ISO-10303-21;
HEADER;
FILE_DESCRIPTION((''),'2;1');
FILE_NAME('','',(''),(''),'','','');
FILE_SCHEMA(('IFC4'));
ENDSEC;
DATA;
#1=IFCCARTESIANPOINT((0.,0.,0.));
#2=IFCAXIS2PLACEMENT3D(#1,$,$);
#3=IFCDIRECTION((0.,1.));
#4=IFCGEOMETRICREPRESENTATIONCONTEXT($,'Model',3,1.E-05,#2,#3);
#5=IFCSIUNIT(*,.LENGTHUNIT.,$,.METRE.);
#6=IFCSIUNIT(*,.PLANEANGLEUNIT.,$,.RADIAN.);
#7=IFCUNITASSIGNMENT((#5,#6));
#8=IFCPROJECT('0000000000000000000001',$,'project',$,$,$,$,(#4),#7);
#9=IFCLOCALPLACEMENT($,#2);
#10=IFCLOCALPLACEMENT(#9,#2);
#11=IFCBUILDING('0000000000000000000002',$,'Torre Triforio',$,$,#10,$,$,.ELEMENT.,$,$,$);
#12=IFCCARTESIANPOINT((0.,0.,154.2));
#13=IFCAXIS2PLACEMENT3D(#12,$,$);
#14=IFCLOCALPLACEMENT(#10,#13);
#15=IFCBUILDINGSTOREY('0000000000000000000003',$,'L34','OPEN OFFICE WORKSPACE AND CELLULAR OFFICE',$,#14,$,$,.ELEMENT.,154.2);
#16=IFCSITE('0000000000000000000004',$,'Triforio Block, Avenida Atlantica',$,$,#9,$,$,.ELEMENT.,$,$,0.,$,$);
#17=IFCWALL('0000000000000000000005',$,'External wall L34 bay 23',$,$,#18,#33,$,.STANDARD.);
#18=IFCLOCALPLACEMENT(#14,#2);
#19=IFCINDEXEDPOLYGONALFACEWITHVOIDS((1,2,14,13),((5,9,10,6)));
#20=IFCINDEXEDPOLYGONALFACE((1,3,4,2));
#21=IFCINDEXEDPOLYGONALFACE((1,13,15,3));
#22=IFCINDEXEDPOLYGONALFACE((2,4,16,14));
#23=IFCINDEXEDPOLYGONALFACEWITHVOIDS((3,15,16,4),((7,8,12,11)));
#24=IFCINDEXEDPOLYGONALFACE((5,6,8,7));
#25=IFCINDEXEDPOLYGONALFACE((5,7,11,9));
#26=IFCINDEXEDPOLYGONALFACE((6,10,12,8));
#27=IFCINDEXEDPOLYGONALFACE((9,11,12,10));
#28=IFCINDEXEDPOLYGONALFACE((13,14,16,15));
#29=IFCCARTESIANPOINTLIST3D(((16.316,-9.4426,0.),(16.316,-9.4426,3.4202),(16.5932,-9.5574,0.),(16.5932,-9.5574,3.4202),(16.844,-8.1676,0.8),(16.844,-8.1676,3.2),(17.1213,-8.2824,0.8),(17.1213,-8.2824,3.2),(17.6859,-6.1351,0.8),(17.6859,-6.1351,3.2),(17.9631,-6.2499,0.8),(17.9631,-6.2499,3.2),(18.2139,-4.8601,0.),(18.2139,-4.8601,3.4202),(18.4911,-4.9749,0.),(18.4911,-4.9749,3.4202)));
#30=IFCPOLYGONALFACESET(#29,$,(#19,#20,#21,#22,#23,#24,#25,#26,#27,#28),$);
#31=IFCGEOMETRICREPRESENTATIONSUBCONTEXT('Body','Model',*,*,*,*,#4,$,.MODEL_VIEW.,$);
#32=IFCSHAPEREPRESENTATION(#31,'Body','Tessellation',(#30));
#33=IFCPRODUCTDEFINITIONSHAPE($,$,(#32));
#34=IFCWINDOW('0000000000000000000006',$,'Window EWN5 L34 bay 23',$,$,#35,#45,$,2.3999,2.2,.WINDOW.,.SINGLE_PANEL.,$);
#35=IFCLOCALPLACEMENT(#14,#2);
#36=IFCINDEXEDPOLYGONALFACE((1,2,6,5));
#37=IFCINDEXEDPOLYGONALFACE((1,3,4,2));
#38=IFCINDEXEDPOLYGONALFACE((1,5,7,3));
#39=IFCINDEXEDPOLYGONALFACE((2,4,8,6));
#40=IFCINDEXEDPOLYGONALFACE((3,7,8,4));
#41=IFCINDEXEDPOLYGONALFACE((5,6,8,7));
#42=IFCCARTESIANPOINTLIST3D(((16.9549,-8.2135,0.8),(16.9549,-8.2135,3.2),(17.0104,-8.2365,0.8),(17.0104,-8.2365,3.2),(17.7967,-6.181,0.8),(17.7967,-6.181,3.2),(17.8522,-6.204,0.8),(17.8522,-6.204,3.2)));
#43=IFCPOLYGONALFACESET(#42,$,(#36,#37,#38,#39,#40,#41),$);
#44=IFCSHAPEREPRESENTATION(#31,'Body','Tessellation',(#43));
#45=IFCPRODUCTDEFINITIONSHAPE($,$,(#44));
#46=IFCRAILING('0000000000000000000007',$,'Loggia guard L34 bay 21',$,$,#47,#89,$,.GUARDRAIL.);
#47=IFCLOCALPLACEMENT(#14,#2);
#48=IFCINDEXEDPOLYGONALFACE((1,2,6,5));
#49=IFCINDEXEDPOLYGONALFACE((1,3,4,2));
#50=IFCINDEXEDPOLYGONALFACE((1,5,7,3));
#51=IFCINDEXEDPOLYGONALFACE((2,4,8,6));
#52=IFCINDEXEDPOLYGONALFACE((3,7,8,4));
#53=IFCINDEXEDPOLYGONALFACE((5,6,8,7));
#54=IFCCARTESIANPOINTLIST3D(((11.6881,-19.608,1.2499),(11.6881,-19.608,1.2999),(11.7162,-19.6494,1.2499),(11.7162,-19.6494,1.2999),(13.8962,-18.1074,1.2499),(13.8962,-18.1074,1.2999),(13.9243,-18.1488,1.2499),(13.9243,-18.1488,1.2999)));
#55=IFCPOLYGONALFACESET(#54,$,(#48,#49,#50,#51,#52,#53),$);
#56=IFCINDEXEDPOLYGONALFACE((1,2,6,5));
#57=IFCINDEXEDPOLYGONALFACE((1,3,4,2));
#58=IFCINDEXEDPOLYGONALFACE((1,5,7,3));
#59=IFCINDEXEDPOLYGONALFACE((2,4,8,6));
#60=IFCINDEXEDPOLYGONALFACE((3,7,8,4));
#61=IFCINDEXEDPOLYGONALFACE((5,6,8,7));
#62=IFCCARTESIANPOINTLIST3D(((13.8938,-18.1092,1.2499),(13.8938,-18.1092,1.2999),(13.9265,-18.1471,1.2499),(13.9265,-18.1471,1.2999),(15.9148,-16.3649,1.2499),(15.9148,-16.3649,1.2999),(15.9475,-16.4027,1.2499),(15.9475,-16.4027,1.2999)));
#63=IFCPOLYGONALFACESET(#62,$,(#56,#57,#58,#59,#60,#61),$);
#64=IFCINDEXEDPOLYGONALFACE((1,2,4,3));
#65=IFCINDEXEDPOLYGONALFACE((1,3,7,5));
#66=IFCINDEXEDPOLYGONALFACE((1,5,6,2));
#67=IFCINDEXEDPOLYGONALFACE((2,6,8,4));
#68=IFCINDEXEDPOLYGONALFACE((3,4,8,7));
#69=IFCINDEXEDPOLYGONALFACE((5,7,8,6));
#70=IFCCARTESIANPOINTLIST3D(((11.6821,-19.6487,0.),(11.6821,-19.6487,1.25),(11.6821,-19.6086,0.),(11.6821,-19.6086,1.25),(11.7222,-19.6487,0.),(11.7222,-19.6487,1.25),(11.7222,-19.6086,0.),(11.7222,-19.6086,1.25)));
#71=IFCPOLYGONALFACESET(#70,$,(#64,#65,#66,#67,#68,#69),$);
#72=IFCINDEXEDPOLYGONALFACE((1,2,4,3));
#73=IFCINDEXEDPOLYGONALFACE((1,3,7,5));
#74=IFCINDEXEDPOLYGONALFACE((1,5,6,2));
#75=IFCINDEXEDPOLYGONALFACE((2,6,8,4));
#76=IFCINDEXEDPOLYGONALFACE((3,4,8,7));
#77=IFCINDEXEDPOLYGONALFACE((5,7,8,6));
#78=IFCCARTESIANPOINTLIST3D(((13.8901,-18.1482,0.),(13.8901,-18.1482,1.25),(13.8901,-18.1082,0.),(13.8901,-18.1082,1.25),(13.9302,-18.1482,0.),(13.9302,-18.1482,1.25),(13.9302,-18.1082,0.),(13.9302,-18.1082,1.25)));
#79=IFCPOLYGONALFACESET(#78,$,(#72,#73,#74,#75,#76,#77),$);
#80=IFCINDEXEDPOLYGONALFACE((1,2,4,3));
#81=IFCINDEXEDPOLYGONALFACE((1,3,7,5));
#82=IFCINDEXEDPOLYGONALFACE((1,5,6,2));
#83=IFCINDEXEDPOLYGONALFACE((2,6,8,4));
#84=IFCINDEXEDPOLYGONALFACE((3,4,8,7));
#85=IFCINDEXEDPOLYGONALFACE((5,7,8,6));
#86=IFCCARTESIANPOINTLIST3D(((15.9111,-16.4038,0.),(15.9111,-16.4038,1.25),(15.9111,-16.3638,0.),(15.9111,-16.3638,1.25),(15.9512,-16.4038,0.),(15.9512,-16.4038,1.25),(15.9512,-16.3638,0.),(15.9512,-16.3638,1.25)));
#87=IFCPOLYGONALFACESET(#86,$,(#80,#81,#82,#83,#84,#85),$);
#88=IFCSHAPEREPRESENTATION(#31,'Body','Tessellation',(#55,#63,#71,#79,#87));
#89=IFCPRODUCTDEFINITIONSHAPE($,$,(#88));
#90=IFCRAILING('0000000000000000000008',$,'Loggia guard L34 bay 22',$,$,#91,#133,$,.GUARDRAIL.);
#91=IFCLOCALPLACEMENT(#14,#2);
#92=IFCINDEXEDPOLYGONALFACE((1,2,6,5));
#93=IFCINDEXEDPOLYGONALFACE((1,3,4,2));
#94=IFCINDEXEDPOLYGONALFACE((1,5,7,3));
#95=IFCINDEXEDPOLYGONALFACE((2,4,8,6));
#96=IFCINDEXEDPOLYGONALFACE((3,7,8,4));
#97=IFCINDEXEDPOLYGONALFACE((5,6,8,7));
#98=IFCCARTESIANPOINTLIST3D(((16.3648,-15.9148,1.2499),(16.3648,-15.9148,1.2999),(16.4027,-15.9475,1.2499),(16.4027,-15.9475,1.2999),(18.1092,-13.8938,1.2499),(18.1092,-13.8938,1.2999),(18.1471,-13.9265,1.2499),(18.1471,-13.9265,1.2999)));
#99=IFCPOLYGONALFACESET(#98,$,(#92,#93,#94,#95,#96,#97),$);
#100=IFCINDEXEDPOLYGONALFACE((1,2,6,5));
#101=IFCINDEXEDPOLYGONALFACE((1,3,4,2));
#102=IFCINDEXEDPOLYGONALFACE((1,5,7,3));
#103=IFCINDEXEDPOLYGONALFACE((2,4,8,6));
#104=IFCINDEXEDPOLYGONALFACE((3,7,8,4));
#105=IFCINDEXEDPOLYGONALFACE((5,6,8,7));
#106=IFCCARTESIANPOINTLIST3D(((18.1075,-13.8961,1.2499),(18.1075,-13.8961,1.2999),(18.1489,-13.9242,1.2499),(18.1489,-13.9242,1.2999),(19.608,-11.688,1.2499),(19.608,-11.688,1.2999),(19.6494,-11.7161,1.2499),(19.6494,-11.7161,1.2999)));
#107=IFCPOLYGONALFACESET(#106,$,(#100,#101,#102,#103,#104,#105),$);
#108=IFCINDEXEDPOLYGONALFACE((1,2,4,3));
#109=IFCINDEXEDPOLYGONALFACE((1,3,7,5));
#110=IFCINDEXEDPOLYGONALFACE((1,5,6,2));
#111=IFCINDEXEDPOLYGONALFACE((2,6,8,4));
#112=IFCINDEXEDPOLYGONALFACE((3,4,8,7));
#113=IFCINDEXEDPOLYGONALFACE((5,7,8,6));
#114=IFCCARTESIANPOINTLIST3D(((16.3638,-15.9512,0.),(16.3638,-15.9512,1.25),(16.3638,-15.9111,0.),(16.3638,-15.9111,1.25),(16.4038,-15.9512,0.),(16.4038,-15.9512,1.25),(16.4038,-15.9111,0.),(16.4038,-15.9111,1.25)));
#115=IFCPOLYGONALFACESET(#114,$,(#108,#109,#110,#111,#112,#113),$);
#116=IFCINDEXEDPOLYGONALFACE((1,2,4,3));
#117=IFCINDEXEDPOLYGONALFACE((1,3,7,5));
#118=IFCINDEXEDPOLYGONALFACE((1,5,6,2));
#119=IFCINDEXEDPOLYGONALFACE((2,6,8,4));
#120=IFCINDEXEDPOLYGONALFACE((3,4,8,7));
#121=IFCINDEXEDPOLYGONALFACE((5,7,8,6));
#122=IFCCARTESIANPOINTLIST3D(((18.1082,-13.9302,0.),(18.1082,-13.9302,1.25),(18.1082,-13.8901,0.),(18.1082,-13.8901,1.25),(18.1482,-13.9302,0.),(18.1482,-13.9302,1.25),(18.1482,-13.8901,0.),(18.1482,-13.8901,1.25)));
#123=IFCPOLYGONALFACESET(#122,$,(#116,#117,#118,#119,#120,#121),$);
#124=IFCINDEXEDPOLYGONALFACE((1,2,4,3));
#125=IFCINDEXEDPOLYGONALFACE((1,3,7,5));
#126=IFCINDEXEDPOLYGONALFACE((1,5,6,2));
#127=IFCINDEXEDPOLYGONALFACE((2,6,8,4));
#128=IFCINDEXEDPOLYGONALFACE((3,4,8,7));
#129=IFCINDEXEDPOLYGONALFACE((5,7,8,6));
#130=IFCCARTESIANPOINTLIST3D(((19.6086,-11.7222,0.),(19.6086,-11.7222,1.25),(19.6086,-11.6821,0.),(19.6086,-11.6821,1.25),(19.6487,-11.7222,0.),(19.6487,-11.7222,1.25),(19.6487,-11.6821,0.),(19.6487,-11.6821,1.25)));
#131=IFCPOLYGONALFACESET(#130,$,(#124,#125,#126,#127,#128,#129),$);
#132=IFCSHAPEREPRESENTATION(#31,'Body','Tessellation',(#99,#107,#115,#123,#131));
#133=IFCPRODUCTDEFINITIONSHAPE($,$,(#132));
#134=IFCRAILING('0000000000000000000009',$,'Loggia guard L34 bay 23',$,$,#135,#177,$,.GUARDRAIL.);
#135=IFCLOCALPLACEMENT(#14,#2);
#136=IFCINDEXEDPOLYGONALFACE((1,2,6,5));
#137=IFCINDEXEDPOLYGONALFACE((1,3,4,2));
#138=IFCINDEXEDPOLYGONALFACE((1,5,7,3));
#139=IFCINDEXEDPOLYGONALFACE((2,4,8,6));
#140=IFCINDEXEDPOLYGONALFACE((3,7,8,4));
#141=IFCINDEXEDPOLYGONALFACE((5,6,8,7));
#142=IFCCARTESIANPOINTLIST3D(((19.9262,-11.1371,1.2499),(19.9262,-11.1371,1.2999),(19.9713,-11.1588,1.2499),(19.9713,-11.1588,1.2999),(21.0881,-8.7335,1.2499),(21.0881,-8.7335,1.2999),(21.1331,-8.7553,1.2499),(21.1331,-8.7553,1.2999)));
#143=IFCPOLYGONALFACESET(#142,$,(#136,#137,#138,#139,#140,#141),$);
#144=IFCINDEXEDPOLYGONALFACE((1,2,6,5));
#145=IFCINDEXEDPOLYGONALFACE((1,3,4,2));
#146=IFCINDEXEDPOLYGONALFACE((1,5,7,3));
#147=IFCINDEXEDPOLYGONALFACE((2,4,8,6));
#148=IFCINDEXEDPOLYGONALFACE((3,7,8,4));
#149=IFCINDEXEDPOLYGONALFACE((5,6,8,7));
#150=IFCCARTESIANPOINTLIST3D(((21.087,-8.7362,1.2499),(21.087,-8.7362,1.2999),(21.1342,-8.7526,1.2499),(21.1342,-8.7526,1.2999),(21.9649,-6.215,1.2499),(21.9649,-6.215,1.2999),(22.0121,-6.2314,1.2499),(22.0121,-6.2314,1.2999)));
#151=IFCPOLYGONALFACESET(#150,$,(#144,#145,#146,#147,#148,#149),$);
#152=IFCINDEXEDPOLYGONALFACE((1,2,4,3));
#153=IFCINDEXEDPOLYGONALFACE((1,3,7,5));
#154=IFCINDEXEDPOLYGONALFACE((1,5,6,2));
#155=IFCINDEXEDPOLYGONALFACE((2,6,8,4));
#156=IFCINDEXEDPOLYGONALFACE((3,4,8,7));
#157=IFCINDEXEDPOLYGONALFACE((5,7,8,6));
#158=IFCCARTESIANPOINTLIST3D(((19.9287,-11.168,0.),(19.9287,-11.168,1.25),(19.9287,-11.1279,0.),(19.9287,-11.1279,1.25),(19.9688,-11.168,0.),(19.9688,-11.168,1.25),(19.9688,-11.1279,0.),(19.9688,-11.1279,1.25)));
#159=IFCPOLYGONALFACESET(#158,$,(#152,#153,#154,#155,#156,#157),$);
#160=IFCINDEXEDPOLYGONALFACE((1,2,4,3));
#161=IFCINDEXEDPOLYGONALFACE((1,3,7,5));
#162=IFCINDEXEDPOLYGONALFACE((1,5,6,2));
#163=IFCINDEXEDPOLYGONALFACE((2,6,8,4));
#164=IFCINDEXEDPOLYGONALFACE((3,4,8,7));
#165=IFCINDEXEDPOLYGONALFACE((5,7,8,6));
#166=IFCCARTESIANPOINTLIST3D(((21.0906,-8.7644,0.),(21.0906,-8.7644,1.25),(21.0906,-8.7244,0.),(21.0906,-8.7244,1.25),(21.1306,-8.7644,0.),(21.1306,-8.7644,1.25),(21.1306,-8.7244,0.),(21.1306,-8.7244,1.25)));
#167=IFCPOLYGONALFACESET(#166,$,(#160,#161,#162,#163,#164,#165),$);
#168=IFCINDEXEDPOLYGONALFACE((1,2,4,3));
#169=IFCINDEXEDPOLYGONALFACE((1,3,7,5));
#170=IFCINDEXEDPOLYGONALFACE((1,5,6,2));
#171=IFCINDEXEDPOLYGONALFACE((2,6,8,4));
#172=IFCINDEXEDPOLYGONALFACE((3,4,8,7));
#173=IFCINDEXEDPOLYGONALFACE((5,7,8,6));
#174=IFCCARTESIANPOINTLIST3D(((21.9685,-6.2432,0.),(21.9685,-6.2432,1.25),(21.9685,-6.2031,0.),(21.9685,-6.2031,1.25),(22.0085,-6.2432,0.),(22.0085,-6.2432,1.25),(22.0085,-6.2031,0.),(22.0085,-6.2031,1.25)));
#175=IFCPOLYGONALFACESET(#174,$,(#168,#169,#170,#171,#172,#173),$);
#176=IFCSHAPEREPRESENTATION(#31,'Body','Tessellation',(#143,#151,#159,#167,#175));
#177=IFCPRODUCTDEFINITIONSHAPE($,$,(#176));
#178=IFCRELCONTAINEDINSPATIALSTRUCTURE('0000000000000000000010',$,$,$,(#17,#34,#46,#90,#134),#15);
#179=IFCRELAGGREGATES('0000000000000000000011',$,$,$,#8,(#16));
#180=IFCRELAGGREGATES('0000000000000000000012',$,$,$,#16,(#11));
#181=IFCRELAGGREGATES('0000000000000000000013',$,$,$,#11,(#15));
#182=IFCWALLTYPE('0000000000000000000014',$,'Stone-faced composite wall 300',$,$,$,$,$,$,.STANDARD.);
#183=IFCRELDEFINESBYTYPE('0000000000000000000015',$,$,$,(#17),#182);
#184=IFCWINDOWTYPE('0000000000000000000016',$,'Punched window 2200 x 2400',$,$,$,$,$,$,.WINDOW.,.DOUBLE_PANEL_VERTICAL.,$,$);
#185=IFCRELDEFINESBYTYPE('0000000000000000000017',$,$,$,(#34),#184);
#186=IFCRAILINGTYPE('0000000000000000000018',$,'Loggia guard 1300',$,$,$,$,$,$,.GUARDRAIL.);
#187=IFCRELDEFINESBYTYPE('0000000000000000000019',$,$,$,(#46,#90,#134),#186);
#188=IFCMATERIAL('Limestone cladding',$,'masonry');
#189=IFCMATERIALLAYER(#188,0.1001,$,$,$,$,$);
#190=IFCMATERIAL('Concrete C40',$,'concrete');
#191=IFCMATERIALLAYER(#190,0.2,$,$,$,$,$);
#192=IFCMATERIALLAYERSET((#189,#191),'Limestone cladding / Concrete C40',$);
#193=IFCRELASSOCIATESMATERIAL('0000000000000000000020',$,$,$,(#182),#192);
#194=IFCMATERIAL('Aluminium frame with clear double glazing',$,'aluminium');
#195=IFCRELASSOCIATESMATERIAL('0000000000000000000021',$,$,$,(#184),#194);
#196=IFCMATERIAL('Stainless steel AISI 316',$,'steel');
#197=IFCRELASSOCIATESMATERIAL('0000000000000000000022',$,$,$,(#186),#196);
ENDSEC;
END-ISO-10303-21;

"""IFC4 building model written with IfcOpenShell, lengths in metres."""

from ifc_helpers import new_model, si_unit, direction, frame, frame_2d, origin, origin_2d, place, context, subcontext, project, spatial, rectangle, extrude, material, layer, layer_set, type_object, element, fill, save


model = new_model("IFC4")

# Units and contexts
model_context = context("Model", 3, precision=1e-05, world=origin(), true_north=direction((0.0, 1.0)))
body_context = subcontext(model_context, "Body", "Model", "MODEL_VIEW")
ifc_project = project(units=[si_unit("LENGTHUNIT", "METRE"), si_unit("PLANEANGLEUNIT", "RADIAN")], contexts=[model_context])

# Site, building, storey
site_placement = place(None, origin())
site = spatial("IfcSite", under=ifc_project, at=site_placement, Name="Triforio Block, Avenida Atlantica", CompositionType="ELEMENT", RefElevation=0.0)
building_placement = place(site_placement, origin())
building = spatial("IfcBuilding", under=site, at=building_placement, Name="Torre Triforio", CompositionType="ELEMENT")
storey_placement = place(building_placement, frame((0.0, 0.0, 154.2)))
storey = spatial("IfcBuildingStorey", under=building, at=storey_placement, Name="L34", Description="OPEN OFFICE WORKSPACE AND CELLULAR OFFICE", CompositionType="ELEMENT", Elevation=154.2)

# Shared definitions
ifc_material_1 = material(Name="Concrete C40", Category="concrete")

# Shared definitions
ifc_material_2 = material(Name="Limestone cladding", Category="masonry")

# Shared definitions
ifc_layer_1 = layer(ifc_material_2, 0.1001)
ifc_layer_2 = layer(ifc_material_1, 0.2)
ifc_layer_set_1 = layer_set([ifc_layer_1, ifc_layer_2], Name="Limestone cladding / Concrete C40")
wall_type_1 = type_object("IfcWallType", Name="Stone-faced composite wall 300", PredefinedType="STANDARD", material=ifc_layer_set_1)
ifc_material_3 = material(Name="Aluminium frame with clear double glazing", Category="aluminium")
window_type_1 = type_object("IfcWindowType", Name="Punched window 2200 x 2400", PartitioningType="DOUBLE_PANEL_VERTICAL", PredefinedType="WINDOW", material=ifc_material_3)

# Wall, opening, window
wall_1_placement = place(storey_placement, frame((16.4546, -9.5, 0.0), z_axis=(0.0, 0.0, 1.0), x_axis=(0.38265, 0.923893, 0.0)))
wall_1 = element("IfcWall", 1, at=wall_1_placement, inside=storey, type_object=wall_type_1, Name="External wall L34 bay 23", PredefinedType="STANDARD", context=body_context, shape_type="SweptSolid", body=[
    extrude(rectangle(XDim=4.96, YDim=0.3, at=frame_2d((2.48, 0.0))), origin(), (0.0, 0.0, 1.0), 3.4202),
])
opening_1_placement = place(wall_1_placement, frame((1.3799, 0.0, 0.8)))
opening_1 = element("IfcOpeningElement", 2, at=opening_1_placement, cuts=wall_1, PredefinedType="OPENING", context=body_context, shape_type="SweptSolid", body=[
    extrude(rectangle(XDim=2.2, YDim=2.3999, at=frame_2d((1.1001, 1.2))), frame((0.0, 0.1599, 0.0), z_axis=(0.0, -1.0, 0.0), x_axis=(1.0, 0.0, 0.0)), (0.0, 0.0, 1.0), 0.3201),
])
window_1_placement = place(opening_1_placement, origin())
window_1 = element("IfcWindow", 3, at=window_1_placement, inside=storey, type_object=window_type_1, Name="Window EWN5 L34 bay 23", OverallHeight=2.3999, OverallWidth=2.2, PartitioningType="SINGLE_PANEL", PredefinedType="WINDOW", context=body_context, shape_type="SweptSolid", body=[
    extrude(rectangle(XDim=2.2, YDim=2.3999, at=frame_2d((1.1001, 1.2))), frame((0.0, 0.03, 0.0), z_axis=(0.0, -1.0, 0.0), x_axis=(1.0, 0.0, 0.0)), (0.0, 0.0, 1.0), 0.0601),
])
fill(opening_1, window_1)

# Railings
ifc_material_4 = material(Name="Stainless steel AISI 316", Category="steel")
railing_type = type_object("IfcRailingType", Name="Loggia guard 1300", PredefinedType="GUARDRAIL", material=ifc_material_4)
railing_1_placement = place(storey_placement, frame((11.7021, -19.6287, 0.0)))
element("IfcRailing", 4, at=railing_1_placement, inside=storey, type_object=railing_type, Name="Loggia guard L34 bay 21", PredefinedType="GUARDRAIL", context=body_context, shape_type="SweptSolid", body=[
    extrude(rectangle(XDim=0.05, YDim=0.05, at=origin_2d()), frame((0.0, 0.0, 1.2749), z_axis=(0.827093, 0.562065, 0.0), x_axis=(-0.562065, 0.827093, 0.0)), (0.0, 0.0, 1.0), 2.6697),
    extrude(rectangle(XDim=0.05, YDim=0.05, at=origin_2d()), frame((2.208, 1.5005, 1.2749), z_axis=(0.757012, 0.653401, 0.0), x_axis=(-0.653401, 0.757012, 0.0)), (0.0, 0.0, 1.0), 2.6697),
    extrude(rectangle(XDim=0.04, YDim=0.04, at=origin_2d()), origin(), (0.0, 0.0, 1.0), 1.25),
    extrude(rectangle(XDim=0.04, YDim=0.04, at=origin_2d()), frame((2.208, 1.5005, 0.0)), (0.0, 0.0, 1.0), 1.25),
    extrude(rectangle(XDim=0.04, YDim=0.04, at=origin_2d()), frame((4.229, 3.2449, 0.0)), (0.0, 0.0, 1.0), 1.25),
])
railing_2_placement = place(storey_placement, frame((16.3838, -15.9312, 0.0)))
element("IfcRailing", 5, at=railing_2_placement, inside=storey, type_object=railing_type, Name="Loggia guard L34 bay 22", PredefinedType="GUARDRAIL", context=body_context, shape_type="SweptSolid", body=[
    extrude(rectangle(XDim=0.05, YDim=0.05, at=origin_2d()), frame((0.0, 0.0, 1.2749), z_axis=(0.653401, 0.757012, 0.0), x_axis=(-0.757012, 0.653401, 0.0)), (0.0, 0.0, 1.0), 2.6697),
    extrude(rectangle(XDim=0.05, YDim=0.05, at=origin_2d()), frame((1.7444, 2.021, 1.2749), z_axis=(0.562065, 0.827093, 0.0), x_axis=(-0.827093, 0.562065, 0.0)), (0.0, 0.0, 1.0), 2.6697),
    extrude(rectangle(XDim=0.04, YDim=0.04, at=origin_2d()), origin(), (0.0, 0.0, 1.0), 1.25),
    extrude(rectangle(XDim=0.04, YDim=0.04, at=origin_2d()), frame((1.7444, 2.021, 0.0)), (0.0, 0.0, 1.0), 1.25),
    extrude(rectangle(XDim=0.04, YDim=0.04, at=origin_2d()), frame((3.2449, 4.229, 0.0)), (0.0, 0.0, 1.0), 1.25),
])
railing_3_placement = place(storey_placement, frame((19.9487, -11.1479, 0.0)))
element("IfcRailing", 6, at=railing_3_placement, inside=storey, type_object=railing_type, Name="Loggia guard L34 bay 23", PredefinedType="GUARDRAIL", context=body_context, shape_type="SweptSolid", body=[
    extrude(rectangle(XDim=0.05, YDim=0.05, at=origin_2d()), frame((0.0, 0.0, 1.2749), z_axis=(0.435212, 0.900328, 0.0), x_axis=(-0.900328, 0.435212, 0.0)), (0.0, 0.0, 1.0), 2.6697),
    extrude(rectangle(XDim=0.05, YDim=0.05, at=origin_2d()), frame((1.1619, 2.4036, 1.2749), z_axis=(0.328847, 0.944383, 0.0), x_axis=(-0.944383, 0.328847, 0.0)), (0.0, 0.0, 1.0), 2.6697),
    extrude(rectangle(XDim=0.04, YDim=0.04, at=origin_2d()), origin(), (0.0, 0.0, 1.0), 1.25),
    extrude(rectangle(XDim=0.04, YDim=0.04, at=origin_2d()), frame((1.1619, 2.4036, 0.0)), (0.0, 0.0, 1.0), 1.25),
    extrude(rectangle(XDim=0.04, YDim=0.04, at=origin_2d()), frame((2.0398, 4.9248, 0.0)), (0.0, 0.0, 1.0), 1.25),
])

save(model, "model.ifc")
